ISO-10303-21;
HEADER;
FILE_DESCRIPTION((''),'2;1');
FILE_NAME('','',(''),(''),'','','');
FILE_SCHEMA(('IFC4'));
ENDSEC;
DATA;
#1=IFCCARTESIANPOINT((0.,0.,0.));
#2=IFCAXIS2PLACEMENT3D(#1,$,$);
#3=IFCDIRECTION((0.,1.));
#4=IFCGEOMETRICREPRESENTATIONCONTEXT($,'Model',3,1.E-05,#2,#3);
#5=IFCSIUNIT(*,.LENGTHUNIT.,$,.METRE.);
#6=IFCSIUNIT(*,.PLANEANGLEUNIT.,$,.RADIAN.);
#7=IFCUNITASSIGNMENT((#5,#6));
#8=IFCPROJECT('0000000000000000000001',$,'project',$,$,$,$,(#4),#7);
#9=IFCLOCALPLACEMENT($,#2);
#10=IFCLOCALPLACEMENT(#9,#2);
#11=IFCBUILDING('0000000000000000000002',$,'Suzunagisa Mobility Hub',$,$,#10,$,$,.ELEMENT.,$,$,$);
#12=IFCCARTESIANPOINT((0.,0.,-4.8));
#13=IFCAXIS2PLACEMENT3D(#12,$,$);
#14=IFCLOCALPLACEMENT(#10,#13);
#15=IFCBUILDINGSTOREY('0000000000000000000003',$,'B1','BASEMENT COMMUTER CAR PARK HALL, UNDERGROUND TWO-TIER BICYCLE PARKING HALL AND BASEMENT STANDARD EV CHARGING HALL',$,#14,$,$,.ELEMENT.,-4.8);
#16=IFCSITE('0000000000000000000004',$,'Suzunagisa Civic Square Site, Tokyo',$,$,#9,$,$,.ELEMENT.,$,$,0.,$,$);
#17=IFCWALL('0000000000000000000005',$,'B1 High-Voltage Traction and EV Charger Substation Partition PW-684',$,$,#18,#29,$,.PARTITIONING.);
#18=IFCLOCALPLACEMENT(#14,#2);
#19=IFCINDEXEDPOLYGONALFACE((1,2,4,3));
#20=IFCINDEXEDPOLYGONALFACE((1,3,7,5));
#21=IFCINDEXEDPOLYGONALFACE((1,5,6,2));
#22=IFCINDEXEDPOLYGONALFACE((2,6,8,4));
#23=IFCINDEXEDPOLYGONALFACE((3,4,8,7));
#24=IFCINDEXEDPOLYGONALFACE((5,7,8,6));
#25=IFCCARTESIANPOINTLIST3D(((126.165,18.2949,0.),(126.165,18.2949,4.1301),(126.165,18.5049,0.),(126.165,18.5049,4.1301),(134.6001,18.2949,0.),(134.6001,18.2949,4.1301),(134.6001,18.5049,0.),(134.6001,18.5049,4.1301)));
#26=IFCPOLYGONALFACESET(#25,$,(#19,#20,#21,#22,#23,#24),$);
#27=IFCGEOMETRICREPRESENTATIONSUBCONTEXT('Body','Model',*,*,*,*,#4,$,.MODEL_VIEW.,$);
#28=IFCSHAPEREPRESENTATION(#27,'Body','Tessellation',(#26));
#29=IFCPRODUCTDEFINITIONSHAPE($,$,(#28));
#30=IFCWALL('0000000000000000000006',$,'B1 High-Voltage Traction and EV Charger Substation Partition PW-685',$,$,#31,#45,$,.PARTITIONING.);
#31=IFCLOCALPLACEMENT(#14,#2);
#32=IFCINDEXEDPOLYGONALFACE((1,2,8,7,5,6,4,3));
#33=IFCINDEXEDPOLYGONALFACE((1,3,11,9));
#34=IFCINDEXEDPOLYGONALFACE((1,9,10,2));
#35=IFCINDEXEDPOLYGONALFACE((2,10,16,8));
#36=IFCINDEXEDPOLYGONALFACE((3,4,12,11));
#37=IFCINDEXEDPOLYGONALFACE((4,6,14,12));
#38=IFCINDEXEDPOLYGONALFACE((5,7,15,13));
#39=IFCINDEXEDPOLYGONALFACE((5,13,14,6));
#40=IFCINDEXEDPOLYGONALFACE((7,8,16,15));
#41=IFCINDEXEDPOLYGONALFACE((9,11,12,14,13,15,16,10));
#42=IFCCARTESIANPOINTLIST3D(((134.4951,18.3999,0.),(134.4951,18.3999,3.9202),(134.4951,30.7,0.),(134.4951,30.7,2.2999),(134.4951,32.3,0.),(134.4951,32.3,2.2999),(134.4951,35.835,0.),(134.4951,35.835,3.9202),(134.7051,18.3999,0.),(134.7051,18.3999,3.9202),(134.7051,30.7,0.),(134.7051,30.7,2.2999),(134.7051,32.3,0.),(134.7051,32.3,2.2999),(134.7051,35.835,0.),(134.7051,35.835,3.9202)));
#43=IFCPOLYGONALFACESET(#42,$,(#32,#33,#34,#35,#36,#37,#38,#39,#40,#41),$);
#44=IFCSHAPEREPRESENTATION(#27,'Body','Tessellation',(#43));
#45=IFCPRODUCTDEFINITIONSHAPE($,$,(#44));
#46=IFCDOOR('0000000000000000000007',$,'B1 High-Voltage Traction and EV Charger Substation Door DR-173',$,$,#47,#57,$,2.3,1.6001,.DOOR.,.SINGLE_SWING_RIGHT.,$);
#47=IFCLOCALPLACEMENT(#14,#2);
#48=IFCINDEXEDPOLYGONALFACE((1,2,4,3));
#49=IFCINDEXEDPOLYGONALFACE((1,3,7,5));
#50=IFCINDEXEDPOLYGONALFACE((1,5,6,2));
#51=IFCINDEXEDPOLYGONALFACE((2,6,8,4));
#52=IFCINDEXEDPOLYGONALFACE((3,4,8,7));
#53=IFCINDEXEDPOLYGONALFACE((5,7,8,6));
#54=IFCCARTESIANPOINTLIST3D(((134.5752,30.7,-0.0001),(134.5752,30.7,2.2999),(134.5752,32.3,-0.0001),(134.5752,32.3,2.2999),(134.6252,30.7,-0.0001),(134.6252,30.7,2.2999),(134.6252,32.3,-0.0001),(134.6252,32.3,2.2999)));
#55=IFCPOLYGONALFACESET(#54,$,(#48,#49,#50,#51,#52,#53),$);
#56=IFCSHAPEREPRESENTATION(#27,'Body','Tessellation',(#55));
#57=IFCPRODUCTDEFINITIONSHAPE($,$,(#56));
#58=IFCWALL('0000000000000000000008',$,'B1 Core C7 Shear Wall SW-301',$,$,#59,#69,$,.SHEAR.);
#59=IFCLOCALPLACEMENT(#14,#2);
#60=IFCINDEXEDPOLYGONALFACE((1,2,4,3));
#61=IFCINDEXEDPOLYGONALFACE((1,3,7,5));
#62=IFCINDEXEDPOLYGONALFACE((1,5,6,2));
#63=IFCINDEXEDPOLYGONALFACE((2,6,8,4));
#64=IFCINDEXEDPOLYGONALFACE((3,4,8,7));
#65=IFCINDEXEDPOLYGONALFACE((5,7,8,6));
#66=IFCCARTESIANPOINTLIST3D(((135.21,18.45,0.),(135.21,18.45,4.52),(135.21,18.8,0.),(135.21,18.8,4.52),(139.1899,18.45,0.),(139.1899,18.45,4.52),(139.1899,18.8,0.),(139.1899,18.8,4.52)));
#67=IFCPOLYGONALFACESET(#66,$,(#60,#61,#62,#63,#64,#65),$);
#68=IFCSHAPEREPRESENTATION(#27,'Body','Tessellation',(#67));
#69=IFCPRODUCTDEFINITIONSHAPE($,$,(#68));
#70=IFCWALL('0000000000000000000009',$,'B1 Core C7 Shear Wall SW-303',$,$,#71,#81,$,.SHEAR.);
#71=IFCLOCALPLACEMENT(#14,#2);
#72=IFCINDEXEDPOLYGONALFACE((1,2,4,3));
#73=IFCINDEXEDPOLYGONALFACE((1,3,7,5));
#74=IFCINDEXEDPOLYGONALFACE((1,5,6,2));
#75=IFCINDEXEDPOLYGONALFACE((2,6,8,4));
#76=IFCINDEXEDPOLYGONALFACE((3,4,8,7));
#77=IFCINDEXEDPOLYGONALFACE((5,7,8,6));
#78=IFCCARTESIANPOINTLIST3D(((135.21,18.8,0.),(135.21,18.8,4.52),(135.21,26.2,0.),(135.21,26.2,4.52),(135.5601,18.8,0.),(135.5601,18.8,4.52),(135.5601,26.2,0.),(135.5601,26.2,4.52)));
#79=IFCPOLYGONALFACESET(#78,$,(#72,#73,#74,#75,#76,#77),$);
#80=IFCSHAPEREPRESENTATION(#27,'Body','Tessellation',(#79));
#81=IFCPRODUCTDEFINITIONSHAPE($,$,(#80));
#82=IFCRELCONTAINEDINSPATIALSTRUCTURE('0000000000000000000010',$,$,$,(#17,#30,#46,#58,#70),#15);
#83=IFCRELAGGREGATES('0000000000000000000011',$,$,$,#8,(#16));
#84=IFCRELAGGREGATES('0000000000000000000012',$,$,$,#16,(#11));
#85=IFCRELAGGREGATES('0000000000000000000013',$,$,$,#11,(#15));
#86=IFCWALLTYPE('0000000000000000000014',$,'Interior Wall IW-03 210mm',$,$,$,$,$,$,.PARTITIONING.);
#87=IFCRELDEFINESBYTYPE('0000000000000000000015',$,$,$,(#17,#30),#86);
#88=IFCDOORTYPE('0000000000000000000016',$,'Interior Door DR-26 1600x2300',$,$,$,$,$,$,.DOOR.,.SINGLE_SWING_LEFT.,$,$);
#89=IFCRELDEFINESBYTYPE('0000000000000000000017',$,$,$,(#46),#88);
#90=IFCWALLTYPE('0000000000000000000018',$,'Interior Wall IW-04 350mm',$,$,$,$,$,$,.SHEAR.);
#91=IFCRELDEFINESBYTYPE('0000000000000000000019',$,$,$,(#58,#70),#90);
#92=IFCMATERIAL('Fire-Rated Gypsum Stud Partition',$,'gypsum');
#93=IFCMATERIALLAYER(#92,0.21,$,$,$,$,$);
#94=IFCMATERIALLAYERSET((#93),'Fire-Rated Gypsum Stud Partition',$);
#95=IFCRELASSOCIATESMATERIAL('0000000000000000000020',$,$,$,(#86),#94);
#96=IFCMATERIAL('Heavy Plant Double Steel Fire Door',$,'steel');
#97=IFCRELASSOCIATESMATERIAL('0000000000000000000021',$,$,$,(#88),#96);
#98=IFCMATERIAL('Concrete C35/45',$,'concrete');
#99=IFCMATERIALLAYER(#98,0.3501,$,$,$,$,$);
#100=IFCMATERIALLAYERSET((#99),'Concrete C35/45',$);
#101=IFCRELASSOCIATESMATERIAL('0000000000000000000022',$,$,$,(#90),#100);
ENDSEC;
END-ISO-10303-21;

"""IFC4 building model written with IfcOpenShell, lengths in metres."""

from ifc_helpers import new_model, si_unit, direction, frame, frame_2d, origin, place, context, subcontext, project, spatial, rectangle, extrude, material, layer, layer_set, type_object, element, fill, save


model = new_model("IFC4")

# Units and contexts
model_context = context("Model", 3, precision=1e-05, world=origin(), true_north=direction((0.0, 1.0)))
body_context = subcontext(model_context, "Body", "Model", "MODEL_VIEW")
ifc_project = project(units=[si_unit("LENGTHUNIT", "METRE"), si_unit("PLANEANGLEUNIT", "RADIAN")], contexts=[model_context])

# Site, building, storey
site_placement = place(None, origin())
site = spatial("IfcSite", under=ifc_project, at=site_placement, Name="Suzunagisa Civic Square Site, Tokyo", CompositionType="ELEMENT", RefElevation=0.0)
building_placement = place(site_placement, origin())
building = spatial("IfcBuilding", under=site, at=building_placement, Name="Suzunagisa Mobility Hub", CompositionType="ELEMENT")
storey_placement = place(building_placement, frame((0.0, 0.0, -4.8)))
storey = spatial("IfcBuildingStorey", under=building, at=storey_placement, Name="B1", Description="BASEMENT COMMUTER CAR PARK HALL, UNDERGROUND TWO-TIER BICYCLE PARKING HALL AND BASEMENT STANDARD EV CHARGING HALL", CompositionType="ELEMENT", Elevation=-4.8)

# Wall
ifc_material_1 = material(Name="Concrete C35/45", Category="concrete")
ifc_material_2 = material(Name="Fire-Rated Gypsum Stud Partition", Category="gypsum")
ifc_layer_1 = layer(ifc_material_2, 0.21)
ifc_layer_set_1 = layer_set([ifc_layer_1], Name="Fire-Rated Gypsum Stud Partition")
wall_type_1 = type_object("IfcWallType", Name="Interior Wall IW-03 210mm", PredefinedType="PARTITIONING", material=ifc_layer_set_1)
wall_1_placement = place(storey_placement, frame((126.165, 18.3999, 0.0), z_axis=(0.0, 0.0, 1.0), x_axis=(1.0, 0.0, 0.0)))
element("IfcWall", 1, at=wall_1_placement, inside=storey, type_object=wall_type_1, Name="B1 High-Voltage Traction and EV Charger Substation Partition PW-684", PredefinedType="PARTITIONING", context=body_context, shape_type="SweptSolid", body=[
    extrude(rectangle(XDim=8.4351, YDim=0.21, at=frame_2d((4.2175, 0.0))), origin(), (0.0, 0.0, 1.0), 4.1301),
])

# Wall, opening, door
wall_2_placement = place(storey_placement, frame((134.6001, 18.3999, 0.0), z_axis=(0.0, 0.0, 1.0), x_axis=(0.0, 1.0, 0.0)))
wall_2 = element("IfcWall", 2, at=wall_2_placement, inside=storey, type_object=wall_type_1, Name="B1 High-Voltage Traction and EV Charger Substation Partition PW-685", PredefinedType="PARTITIONING", context=body_context, shape_type="SweptSolid", body=[
    extrude(rectangle(XDim=17.4351, YDim=0.21, at=frame_2d((8.7175, 0.0))), origin(), (0.0, 0.0, 1.0), 3.9202),
])
opening_placement = place(wall_2_placement, frame((12.3, 0.0, 0.0)))
opening = element("IfcOpeningElement", 3, at=opening_placement, cuts=wall_2, PredefinedType="OPENING", context=body_context, shape_type="SweptSolid", body=[
    extrude(rectangle(XDim=1.6001, YDim=2.3, at=frame_2d((0.8, 1.1499))), frame((0.0, 0.116, 0.0), z_axis=(0.0, -1.0, 0.0), x_axis=(1.0, 0.0, 0.0)), (0.0, 0.0, 1.0), 0.2319),
])
ifc_material_3 = material(Name="Heavy Plant Double Steel Fire Door", Category="steel")
door_type = type_object("IfcDoorType", Name="Interior Door DR-26 1600x2300", OperationType="SINGLE_SWING_LEFT", PredefinedType="DOOR", material=ifc_material_3)
door_placement = place(opening_placement, origin())
door = element("IfcDoor", 4, at=door_placement, inside=storey, type_object=door_type, Name="B1 High-Voltage Traction and EV Charger Substation Door DR-173", OperationType="SINGLE_SWING_RIGHT", OverallHeight=2.3, OverallWidth=1.6001, PredefinedType="DOOR", context=body_context, shape_type="SweptSolid", body=[
    extrude(rectangle(XDim=1.6001, YDim=2.3, at=frame_2d((0.8, 1.1499))), frame((0.0, 0.0249, 0.0), z_axis=(0.0, -1.0, 0.0), x_axis=(1.0, 0.0, 0.0)), (0.0, 0.0, 1.0), 0.05),
])
fill(opening, door)

# Walls
ifc_layer_2 = layer(ifc_material_1, 0.3501)
ifc_layer_set_2 = layer_set([ifc_layer_2], Name="Concrete C35/45")
wall_type_2 = type_object("IfcWallType", Name="Interior Wall IW-04 350mm", PredefinedType="SHEAR", material=ifc_layer_set_2)
wall_3_placement = place(storey_placement, frame((135.21, 18.625, 0.0), z_axis=(0.0, 0.0, 1.0), x_axis=(1.0, 0.0, 0.0)))
element("IfcWall", 5, at=wall_3_placement, inside=storey, type_object=wall_type_2, Name="B1 Core C7 Shear Wall SW-301", PredefinedType="SHEAR", context=body_context, shape_type="SweptSolid", body=[
    extrude(rectangle(XDim=3.98, YDim=0.3501, at=frame_2d((1.99, 0.0))), origin(), (0.0, 0.0, 1.0), 4.52),
])
wall_4_placement = place(storey_placement, frame((135.385, 18.8, 0.0), z_axis=(0.0, 0.0, 1.0), x_axis=(0.0, 1.0, 0.0)))
element("IfcWall", 6, at=wall_4_placement, inside=storey, type_object=wall_type_2, Name="B1 Core C7 Shear Wall SW-303", PredefinedType="SHEAR", context=body_context, shape_type="SweptSolid", body=[
    extrude(rectangle(XDim=7.3999, YDim=0.3501, at=frame_2d((3.7, 0.0))), origin(), (0.0, 0.0, 1.0), 4.52),
])

save(model, "model.ifc")
